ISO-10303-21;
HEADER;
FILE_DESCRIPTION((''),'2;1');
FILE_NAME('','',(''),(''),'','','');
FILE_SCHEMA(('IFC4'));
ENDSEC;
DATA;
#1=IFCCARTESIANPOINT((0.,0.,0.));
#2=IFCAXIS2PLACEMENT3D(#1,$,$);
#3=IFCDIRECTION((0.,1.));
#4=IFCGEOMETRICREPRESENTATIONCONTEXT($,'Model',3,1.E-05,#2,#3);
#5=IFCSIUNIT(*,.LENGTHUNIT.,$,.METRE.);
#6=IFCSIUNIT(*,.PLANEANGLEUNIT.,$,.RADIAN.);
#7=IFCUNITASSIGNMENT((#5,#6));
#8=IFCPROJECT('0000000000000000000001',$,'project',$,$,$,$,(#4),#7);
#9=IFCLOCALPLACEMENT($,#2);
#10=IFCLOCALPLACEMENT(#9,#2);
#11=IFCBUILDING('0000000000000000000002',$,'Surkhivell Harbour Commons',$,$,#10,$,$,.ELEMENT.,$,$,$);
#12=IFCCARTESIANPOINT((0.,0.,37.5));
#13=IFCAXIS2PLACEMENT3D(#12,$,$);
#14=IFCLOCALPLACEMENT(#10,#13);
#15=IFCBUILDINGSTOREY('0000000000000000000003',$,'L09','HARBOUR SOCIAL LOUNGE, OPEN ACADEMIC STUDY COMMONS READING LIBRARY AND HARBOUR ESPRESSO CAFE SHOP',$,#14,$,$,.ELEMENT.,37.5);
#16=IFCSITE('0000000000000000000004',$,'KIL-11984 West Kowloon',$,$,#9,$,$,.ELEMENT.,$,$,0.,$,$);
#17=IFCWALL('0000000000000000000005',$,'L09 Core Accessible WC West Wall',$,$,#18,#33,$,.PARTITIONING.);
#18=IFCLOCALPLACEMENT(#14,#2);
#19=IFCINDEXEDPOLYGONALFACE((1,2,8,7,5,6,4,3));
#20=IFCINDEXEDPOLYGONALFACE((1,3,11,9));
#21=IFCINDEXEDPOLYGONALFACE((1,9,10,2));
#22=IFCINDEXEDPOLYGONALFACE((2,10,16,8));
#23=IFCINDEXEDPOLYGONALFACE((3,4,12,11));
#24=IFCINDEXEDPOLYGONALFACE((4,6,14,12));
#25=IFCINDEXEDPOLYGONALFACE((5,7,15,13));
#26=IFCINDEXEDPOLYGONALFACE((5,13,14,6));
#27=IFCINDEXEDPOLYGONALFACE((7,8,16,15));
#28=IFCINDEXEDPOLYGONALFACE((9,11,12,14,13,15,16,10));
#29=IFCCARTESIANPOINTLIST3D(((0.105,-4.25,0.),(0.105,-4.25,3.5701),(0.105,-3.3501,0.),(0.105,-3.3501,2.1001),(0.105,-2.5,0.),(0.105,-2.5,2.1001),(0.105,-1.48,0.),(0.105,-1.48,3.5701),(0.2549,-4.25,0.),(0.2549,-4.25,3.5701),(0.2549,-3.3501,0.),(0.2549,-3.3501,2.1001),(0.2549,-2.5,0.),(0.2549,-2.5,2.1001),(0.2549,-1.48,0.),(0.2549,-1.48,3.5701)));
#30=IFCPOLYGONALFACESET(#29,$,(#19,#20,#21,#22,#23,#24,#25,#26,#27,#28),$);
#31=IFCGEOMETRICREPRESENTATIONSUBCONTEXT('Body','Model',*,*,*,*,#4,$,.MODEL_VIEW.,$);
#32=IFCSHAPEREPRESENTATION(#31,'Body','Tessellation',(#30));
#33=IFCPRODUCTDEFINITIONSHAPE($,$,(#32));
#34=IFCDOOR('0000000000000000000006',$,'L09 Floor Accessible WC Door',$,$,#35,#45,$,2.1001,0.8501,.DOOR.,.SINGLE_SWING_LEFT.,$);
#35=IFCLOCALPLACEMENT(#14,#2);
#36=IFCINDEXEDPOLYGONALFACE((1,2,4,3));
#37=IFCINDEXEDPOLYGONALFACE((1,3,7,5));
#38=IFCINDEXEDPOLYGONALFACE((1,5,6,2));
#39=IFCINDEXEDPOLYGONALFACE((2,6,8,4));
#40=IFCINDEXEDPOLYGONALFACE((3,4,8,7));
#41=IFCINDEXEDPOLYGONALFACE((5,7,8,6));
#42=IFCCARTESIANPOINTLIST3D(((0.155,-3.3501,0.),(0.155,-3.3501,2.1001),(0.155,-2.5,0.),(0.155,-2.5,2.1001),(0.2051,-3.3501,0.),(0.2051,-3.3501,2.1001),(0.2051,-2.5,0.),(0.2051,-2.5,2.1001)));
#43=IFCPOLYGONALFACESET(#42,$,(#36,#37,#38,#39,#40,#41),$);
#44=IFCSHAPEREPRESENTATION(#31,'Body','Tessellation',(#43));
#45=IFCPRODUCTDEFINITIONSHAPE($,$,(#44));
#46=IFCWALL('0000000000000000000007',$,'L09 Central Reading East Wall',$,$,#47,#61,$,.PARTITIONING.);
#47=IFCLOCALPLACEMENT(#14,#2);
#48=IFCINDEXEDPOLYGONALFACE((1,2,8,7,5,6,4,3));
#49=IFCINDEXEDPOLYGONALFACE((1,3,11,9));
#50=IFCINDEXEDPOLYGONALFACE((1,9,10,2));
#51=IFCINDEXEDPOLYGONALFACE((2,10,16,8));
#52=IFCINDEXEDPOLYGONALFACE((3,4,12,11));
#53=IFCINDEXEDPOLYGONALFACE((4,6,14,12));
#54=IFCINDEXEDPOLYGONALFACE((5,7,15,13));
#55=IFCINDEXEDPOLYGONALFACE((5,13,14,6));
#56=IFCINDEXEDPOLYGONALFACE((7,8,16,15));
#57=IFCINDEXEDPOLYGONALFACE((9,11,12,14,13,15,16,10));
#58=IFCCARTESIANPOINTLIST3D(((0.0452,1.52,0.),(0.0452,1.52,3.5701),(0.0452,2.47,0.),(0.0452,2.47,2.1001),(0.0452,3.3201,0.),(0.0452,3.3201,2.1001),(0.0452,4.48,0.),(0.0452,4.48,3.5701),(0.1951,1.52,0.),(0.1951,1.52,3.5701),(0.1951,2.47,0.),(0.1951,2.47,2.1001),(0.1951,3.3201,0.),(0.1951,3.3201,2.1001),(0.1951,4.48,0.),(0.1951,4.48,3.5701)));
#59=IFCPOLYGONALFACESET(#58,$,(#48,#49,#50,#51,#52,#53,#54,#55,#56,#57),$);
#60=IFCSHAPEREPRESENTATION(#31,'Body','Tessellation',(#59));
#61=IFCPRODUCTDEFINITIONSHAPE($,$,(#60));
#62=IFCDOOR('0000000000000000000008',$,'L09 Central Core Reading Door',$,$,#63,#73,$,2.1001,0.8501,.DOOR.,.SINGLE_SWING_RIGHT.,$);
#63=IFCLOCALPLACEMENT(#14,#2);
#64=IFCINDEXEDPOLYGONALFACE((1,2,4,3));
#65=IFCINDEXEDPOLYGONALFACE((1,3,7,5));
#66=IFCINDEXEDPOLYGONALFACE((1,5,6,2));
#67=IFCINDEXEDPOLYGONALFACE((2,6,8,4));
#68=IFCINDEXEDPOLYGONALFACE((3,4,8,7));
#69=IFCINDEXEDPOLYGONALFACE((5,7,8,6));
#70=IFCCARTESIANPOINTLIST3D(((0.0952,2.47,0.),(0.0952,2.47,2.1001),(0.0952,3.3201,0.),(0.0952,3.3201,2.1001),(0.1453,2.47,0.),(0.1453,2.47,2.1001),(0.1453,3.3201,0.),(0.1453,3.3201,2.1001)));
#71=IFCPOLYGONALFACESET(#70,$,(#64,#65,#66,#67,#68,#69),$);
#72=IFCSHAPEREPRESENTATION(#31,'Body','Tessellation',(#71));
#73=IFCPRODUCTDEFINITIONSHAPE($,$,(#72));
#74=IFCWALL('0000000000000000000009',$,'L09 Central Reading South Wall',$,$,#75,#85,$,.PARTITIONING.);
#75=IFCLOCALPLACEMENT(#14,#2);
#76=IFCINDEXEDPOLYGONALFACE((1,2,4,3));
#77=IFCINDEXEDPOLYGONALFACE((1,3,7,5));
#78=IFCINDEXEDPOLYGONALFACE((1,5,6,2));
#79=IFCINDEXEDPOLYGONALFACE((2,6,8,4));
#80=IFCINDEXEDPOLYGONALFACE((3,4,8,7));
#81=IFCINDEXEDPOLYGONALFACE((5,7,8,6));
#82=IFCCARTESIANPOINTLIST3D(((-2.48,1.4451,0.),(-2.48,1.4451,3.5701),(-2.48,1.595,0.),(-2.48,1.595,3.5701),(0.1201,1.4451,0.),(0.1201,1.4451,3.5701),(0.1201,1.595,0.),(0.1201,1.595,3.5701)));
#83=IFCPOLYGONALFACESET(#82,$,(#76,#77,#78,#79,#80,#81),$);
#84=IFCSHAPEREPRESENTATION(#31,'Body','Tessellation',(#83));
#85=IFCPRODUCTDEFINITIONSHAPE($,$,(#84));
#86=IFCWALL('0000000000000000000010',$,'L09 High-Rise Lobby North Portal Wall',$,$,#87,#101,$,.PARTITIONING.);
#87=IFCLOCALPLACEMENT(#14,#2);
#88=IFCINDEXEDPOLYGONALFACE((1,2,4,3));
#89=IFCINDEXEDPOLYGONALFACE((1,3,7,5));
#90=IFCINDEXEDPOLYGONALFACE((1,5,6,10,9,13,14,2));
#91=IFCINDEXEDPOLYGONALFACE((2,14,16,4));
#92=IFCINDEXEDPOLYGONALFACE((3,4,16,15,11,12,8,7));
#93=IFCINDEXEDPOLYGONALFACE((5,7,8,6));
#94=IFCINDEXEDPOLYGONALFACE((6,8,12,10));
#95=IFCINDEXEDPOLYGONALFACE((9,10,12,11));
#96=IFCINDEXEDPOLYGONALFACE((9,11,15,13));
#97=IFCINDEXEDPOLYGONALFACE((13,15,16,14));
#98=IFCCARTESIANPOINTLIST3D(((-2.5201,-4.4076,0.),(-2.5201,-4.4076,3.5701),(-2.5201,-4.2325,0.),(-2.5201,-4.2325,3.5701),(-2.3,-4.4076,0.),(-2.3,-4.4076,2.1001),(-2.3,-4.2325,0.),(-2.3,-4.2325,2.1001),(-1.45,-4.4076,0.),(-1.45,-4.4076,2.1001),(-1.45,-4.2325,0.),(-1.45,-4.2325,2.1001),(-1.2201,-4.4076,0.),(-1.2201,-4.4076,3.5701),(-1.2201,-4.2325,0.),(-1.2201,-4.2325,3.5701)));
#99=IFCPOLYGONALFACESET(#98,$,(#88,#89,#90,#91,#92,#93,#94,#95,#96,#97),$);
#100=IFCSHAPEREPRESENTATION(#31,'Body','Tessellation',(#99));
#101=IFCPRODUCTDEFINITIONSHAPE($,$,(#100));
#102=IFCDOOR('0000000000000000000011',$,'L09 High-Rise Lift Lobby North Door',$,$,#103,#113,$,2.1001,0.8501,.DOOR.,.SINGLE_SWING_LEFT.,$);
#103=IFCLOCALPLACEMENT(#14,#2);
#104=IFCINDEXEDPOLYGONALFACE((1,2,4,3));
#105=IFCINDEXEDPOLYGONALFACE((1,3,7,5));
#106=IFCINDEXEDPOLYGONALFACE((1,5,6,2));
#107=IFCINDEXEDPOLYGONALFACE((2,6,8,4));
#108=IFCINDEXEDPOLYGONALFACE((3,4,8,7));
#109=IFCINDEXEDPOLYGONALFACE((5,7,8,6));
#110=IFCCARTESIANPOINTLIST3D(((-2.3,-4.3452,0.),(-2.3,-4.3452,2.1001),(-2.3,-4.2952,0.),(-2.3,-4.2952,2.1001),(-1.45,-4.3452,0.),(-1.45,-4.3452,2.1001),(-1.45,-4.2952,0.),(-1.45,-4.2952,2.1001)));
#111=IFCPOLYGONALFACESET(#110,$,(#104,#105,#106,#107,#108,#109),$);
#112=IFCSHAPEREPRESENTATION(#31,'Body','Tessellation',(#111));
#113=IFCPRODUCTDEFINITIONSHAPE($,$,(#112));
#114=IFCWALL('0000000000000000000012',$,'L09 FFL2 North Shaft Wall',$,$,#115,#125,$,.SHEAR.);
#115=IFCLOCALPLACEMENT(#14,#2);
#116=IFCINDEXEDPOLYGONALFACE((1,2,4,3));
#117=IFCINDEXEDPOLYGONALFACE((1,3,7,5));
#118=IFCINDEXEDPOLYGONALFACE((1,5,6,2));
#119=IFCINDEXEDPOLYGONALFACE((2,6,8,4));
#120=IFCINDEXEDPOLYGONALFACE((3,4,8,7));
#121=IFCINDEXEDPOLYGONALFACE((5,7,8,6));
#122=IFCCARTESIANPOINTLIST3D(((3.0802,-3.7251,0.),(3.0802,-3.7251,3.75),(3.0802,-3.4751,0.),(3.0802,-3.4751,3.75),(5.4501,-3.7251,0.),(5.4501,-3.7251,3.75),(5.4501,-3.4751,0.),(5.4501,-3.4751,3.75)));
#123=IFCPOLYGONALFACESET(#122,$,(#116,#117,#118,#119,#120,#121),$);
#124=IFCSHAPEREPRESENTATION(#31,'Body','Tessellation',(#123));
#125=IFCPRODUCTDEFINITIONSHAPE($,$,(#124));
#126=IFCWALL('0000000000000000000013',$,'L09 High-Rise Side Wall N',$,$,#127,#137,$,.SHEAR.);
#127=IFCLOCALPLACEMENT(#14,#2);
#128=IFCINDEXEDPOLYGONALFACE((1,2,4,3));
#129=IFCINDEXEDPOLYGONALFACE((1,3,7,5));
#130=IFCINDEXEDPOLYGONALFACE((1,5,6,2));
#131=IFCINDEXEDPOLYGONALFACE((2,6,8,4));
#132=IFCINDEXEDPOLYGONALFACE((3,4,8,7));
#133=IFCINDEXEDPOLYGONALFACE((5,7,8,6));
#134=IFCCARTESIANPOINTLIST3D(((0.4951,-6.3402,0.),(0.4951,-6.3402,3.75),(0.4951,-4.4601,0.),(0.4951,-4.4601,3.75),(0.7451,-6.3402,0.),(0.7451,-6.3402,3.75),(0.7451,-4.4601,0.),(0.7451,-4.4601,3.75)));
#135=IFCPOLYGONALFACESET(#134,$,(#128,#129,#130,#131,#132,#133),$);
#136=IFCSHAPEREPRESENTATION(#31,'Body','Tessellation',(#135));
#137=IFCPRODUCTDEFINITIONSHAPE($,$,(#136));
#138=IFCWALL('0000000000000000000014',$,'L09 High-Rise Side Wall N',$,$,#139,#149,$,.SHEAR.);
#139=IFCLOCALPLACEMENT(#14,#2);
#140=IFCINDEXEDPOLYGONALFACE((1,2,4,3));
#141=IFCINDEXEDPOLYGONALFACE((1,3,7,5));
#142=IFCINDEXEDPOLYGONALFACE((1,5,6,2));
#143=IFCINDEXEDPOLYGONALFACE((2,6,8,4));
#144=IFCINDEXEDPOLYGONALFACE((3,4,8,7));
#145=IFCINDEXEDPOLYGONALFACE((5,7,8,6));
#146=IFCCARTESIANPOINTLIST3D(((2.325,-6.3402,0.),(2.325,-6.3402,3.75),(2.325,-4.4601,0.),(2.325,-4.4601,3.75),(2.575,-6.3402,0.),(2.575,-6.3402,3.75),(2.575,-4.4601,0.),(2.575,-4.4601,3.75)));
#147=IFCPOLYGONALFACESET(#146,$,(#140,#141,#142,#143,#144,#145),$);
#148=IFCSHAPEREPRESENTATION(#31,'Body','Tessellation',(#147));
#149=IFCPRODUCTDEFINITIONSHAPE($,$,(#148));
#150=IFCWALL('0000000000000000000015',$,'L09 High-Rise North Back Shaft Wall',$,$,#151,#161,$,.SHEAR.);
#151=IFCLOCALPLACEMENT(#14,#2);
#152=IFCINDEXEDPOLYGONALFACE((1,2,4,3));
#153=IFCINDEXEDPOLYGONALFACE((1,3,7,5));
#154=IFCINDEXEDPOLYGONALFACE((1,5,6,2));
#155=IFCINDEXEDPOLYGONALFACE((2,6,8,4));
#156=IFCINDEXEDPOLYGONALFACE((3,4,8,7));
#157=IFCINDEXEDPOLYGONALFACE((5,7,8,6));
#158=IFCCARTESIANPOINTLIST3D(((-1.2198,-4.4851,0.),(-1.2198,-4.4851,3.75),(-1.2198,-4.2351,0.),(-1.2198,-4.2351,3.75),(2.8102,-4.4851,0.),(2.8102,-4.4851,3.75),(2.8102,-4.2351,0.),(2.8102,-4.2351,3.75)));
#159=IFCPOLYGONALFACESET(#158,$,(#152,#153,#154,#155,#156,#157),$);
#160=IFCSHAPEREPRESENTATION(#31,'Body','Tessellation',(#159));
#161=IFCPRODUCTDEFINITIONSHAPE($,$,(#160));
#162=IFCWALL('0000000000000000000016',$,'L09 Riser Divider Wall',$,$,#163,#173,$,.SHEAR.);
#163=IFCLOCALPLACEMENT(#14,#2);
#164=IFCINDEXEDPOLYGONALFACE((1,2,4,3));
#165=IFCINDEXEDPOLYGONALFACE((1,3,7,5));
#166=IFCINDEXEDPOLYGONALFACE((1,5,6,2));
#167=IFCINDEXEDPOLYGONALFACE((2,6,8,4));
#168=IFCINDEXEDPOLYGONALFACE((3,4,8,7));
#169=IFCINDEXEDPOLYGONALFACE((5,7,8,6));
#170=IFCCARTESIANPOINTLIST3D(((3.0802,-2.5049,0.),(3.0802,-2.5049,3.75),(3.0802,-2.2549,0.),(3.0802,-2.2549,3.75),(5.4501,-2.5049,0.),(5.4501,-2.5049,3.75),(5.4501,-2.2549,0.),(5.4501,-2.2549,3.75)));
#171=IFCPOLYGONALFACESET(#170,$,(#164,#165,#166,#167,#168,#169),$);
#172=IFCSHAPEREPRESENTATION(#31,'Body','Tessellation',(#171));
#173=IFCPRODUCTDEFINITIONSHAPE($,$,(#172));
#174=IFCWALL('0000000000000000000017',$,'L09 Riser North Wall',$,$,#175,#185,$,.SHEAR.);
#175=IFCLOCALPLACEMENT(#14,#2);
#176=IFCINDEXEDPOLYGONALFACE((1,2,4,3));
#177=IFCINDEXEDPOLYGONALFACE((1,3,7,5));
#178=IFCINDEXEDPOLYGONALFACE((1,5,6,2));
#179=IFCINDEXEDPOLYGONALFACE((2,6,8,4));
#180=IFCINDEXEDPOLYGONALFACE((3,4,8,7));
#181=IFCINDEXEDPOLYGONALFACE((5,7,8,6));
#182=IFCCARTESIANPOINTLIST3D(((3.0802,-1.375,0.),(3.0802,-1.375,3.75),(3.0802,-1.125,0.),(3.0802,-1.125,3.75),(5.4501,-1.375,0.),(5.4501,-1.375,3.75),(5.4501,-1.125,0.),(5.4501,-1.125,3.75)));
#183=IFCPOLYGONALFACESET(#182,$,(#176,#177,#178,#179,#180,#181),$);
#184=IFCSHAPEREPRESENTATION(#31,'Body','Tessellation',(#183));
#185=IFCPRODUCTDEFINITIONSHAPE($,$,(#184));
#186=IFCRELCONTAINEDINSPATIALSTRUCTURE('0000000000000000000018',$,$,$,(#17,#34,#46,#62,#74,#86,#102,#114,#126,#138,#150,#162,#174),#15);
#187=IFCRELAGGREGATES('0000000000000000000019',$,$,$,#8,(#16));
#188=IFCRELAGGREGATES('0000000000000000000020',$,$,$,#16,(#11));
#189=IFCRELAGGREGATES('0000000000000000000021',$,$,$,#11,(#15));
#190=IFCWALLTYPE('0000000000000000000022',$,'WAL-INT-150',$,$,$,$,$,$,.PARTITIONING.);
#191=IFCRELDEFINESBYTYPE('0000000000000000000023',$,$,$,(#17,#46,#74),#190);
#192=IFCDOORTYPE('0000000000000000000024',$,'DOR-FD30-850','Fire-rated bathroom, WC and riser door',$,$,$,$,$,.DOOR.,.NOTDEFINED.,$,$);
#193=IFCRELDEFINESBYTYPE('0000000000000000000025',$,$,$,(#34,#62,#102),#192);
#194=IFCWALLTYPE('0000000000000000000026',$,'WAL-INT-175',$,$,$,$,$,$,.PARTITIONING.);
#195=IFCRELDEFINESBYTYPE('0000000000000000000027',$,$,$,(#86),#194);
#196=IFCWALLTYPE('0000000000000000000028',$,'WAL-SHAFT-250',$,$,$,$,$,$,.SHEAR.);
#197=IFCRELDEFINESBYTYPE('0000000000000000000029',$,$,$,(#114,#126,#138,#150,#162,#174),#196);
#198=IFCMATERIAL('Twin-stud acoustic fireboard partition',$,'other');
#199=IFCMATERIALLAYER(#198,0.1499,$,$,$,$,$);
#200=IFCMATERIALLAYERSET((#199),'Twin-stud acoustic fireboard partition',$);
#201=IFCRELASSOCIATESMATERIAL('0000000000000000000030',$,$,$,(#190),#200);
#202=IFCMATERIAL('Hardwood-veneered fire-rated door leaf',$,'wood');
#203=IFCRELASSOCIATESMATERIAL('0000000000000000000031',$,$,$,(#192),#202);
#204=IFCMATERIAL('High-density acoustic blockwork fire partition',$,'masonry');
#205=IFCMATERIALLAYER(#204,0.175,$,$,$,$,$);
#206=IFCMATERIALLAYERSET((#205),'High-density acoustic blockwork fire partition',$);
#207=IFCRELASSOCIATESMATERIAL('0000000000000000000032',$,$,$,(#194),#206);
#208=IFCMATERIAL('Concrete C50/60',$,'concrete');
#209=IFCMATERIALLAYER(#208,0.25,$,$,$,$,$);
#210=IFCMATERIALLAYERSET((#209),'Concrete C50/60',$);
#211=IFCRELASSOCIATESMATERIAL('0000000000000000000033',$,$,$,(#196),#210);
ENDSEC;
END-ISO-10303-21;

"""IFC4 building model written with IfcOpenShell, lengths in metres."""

from ifc_helpers import new_model, si_unit, direction, frame, frame_2d, origin, place, context, subcontext, project, spatial, rectangle, extrude, material, layer, layer_set, type_object, element, fill, save


model = new_model("IFC4")

# Units and contexts
model_context = context("Model", 3, precision=1e-05, world=origin(), true_north=direction((0.0, 1.0)))
body_context = subcontext(model_context, "Body", "Model", "MODEL_VIEW")
ifc_project = project(units=[si_unit("LENGTHUNIT", "METRE"), si_unit("PLANEANGLEUNIT", "RADIAN")], contexts=[model_context])

# Site, building, storey
site_placement = place(None, origin())
site = spatial("IfcSite", under=ifc_project, at=site_placement, Name="KIL-11984 West Kowloon", CompositionType="ELEMENT", RefElevation=0.0)
building_placement = place(site_placement, origin())
building = spatial("IfcBuilding", under=site, at=building_placement, Name="Surkhivell Harbour Commons", CompositionType="ELEMENT")
storey_placement = place(building_placement, frame((0.0, 0.0, 37.5)))
storey = spatial("IfcBuildingStorey", under=building, at=storey_placement, Name="L09", Description="HARBOUR SOCIAL LOUNGE, OPEN ACADEMIC STUDY COMMONS READING LIBRARY AND HARBOUR ESPRESSO CAFE SHOP", CompositionType="ELEMENT", Elevation=37.5)

# Shared definitions
ifc_material_1 = material(Name="Twin-stud acoustic fireboard partition", Category="other")
ifc_layer_1 = layer(ifc_material_1, 0.1499)
ifc_layer_set_1 = layer_set([ifc_layer_1], Name="Twin-stud acoustic fireboard partition")
wall_type_1 = type_object("IfcWallType", Name="WAL-INT-150", PredefinedType="PARTITIONING", material=ifc_layer_set_1)

# Walls, openings, doors
wall_1_placement = place(storey_placement, frame((0.1799, -4.25, 0.0), z_axis=(0.0, 0.0, 1.0), x_axis=(0.0, 1.0, 0.0)))
wall_1 = element("IfcWall", 1, at=wall_1_placement, inside=storey, type_object=wall_type_1, Name="L09 Core Accessible WC West Wall", PredefinedType="PARTITIONING", context=body_context, shape_type="SweptSolid", body=[
    extrude(rectangle(XDim=2.77, YDim=0.1499, at=frame_2d((1.385, 0.0))), origin(), (0.0, 0.0, 1.0), 3.5701),
])
opening_1_placement = place(wall_1_placement, frame((0.8999, 0.0, 0.0)))
opening_1 = element("IfcOpeningElement", 2, at=opening_1_placement, cuts=wall_1, PredefinedType="OPENING", context=body_context, shape_type="SweptSolid", body=[
    extrude(rectangle(XDim=0.8501, YDim=2.1001, at=frame_2d((0.425, 1.05))), frame((0.0, 0.085, 0.0), z_axis=(0.0, -1.0, 0.0), x_axis=(1.0, 0.0, 0.0)), (0.0, 0.0, 1.0), 0.1699),
])
ifc_material_2 = material(Name="Hardwood-veneered fire-rated door leaf", Category="wood")
door_type_1 = type_object("IfcDoorType", Name="DOR-FD30-850", Description="Fire-rated bathroom, WC and riser door", OperationType="NOTDEFINED", PredefinedType="DOOR", material=ifc_material_2)
door_1_placement = place(opening_1_placement, origin())
door_1 = element("IfcDoor", 3, at=door_1_placement, inside=storey, type_object=door_type_1, Name="L09 Floor Accessible WC Door", OperationType="SINGLE_SWING_LEFT", OverallHeight=2.1001, OverallWidth=0.8501, PredefinedType="DOOR", context=body_context, shape_type="SweptSolid", body=[
    extrude(rectangle(XDim=0.8501, YDim=2.1001, at=frame_2d((0.425, 1.05))), frame((0.0, 0.0249, 0.0), z_axis=(0.0, -1.0, 0.0), x_axis=(1.0, 0.0, 0.0)), (0.0, 0.0, 1.0), 0.05),
])
fill(opening_1, door_1)
wall_2_placement = place(storey_placement, frame((0.1201, 1.52, 0.0), z_axis=(0.0, 0.0, 1.0), x_axis=(0.0, 1.0, 0.0)))
wall_2 = element("IfcWall", 4, at=wall_2_placement, inside=storey, type_object=wall_type_1, Name="L09 Central Reading East Wall", PredefinedType="PARTITIONING", context=body_context, shape_type="SweptSolid", body=[
    extrude(rectangle(XDim=2.96, YDim=0.1499, at=frame_2d((1.48, 0.0))), origin(), (0.0, 0.0, 1.0), 3.5701),
])
opening_2_placement = place(wall_2_placement, frame((0.95, 0.0, 0.0)))
opening_2 = element("IfcOpeningElement", 5, at=opening_2_placement, cuts=wall_2, PredefinedType="OPENING", context=body_context, shape_type="SweptSolid", body=[
    extrude(rectangle(XDim=0.8501, YDim=2.1001, at=frame_2d((0.425, 1.05))), frame((0.0, 0.085, 0.0), z_axis=(0.0, -1.0, 0.0), x_axis=(1.0, 0.0, 0.0)), (0.0, 0.0, 1.0), 0.1699),
])
door_2_placement = place(opening_2_placement, origin())
door_2 = element("IfcDoor", 6, at=door_2_placement, inside=storey, type_object=door_type_1, Name="L09 Central Core Reading Door", OperationType="SINGLE_SWING_RIGHT", OverallHeight=2.1001, OverallWidth=0.8501, PredefinedType="DOOR", context=body_context, shape_type="SweptSolid", body=[
    extrude(rectangle(XDim=0.8501, YDim=2.1001, at=frame_2d((0.425, 1.05))), frame((0.0, 0.0249, 0.0), z_axis=(0.0, -1.0, 0.0), x_axis=(1.0, 0.0, 0.0)), (0.0, 0.0, 1.0), 0.05),
])
fill(opening_2, door_2)

# Wall
wall_3_placement = place(storey_placement, frame((-2.48, 1.52, 0.0), z_axis=(0.0, 0.0, 1.0), x_axis=(1.0, 0.0, 0.0)))
element("IfcWall", 7, at=wall_3_placement, inside=storey, type_object=wall_type_1, Name="L09 Central Reading South Wall", PredefinedType="PARTITIONING", context=body_context, shape_type="SweptSolid", body=[
    extrude(rectangle(XDim=2.6001, YDim=0.1499, at=frame_2d((1.3, 0.0))), origin(), (0.0, 0.0, 1.0), 3.5701),
])

# Wall, opening, door
ifc_material_3 = material(Name="High-density acoustic blockwork fire partition", Category="masonry")
ifc_layer_2 = layer(ifc_material_3, 0.175)
ifc_layer_set_2 = layer_set([ifc_layer_2], Name="High-density acoustic blockwork fire partition")
wall_type_2 = type_object("IfcWallType", Name="WAL-INT-175", PredefinedType="PARTITIONING", material=ifc_layer_set_2)
wall_4_placement = place(storey_placement, frame((-2.52, -4.3201, 0.0), z_axis=(0.0, 0.0, 1.0), x_axis=(1.0, 0.0, 0.0)))
wall_4 = element("IfcWall", 8, at=wall_4_placement, inside=storey, type_object=wall_type_2, Name="L09 High-Rise Lobby North Portal Wall", PredefinedType="PARTITIONING", context=body_context, shape_type="SweptSolid", body=[
    extrude(rectangle(XDim=1.3, YDim=0.175, at=frame_2d((0.6499, 0.0))), origin(), (0.0, 0.0, 1.0), 3.5701),
])
opening_3_placement = place(wall_4_placement, frame((0.22, 0.0, 0.0)))
opening_3 = element("IfcOpeningElement", 9, at=opening_3_placement, cuts=wall_4, PredefinedType="OPENING", context=body_context, shape_type="SweptSolid", body=[
    extrude(rectangle(XDim=0.8501, YDim=2.1001, at=frame_2d((0.425, 1.05))), frame((0.0, 0.0974, 0.0), z_axis=(0.0, -1.0, 0.0), x_axis=(1.0, 0.0, 0.0)), (0.0, 0.0, 1.0), 0.1951),
])
door_3_placement = place(opening_3_placement, origin())
door_3 = element("IfcDoor", 10, at=door_3_placement, inside=storey, type_object=door_type_1, Name="L09 High-Rise Lift Lobby North Door", OperationType="SINGLE_SWING_LEFT", OverallHeight=2.1001, OverallWidth=0.8501, PredefinedType="DOOR", context=body_context, shape_type="SweptSolid", body=[
    extrude(rectangle(XDim=0.8501, YDim=2.1001, at=frame_2d((0.425, 1.05))), frame((0.0, 0.0249, 0.0), z_axis=(0.0, -1.0, 0.0), x_axis=(1.0, 0.0, 0.0)), (0.0, 0.0, 1.0), 0.05),
])
fill(opening_3, door_3)

# Walls
ifc_material_4 = material(Name="Concrete C50/60", Category="concrete")
ifc_layer_3 = layer(ifc_material_4, 0.25)
ifc_layer_set_3 = layer_set([ifc_layer_3], Name="Concrete C50/60")
wall_type_3 = type_object("IfcWallType", Name="WAL-SHAFT-250", PredefinedType="SHEAR", material=ifc_layer_set_3)
wall_5_placement = place(storey_placement, frame((3.0801, -3.6001, 0.0), z_axis=(0.0, 0.0, 1.0), x_axis=(1.0, 0.0, 0.0)))
element("IfcWall", 11, at=wall_5_placement, inside=storey, type_object=wall_type_3, Name="L09 FFL2 North Shaft Wall", PredefinedType="SHEAR", context=body_context, shape_type="SweptSolid", body=[
    extrude(rectangle(XDim=2.3699, YDim=0.25, at=frame_2d((1.1851, 0.0))), origin(), (0.0, 0.0, 1.0), 3.75),
])
for number, where, z_axis, x_axis, name in (
    (12, (0.6201, -6.3401, 0.0), (0.0, 0.0, 1.0), (0.0, 1.0, 0.0), "L09 High-Rise Side Wall N"),
    (13, (2.45, -6.3401, 0.0), (0.0, 0.0, 1.0), (0.0, 1.0, 0.0), "L09 High-Rise Side Wall N"),
):
    element("IfcWall", number, at=place(storey_placement, frame(where, z_axis=z_axis, x_axis=x_axis)), inside=storey, type_object=wall_type_3, Name=name, PredefinedType="SHEAR", context=body_context, shape_type="SweptSolid", body=[
        extrude(rectangle(XDim=1.8801, YDim=0.25, at=frame_2d((0.9399, 0.0))), origin(), (0.0, 0.0, 1.0), 3.75),
    ])
wall_6_placement = place(storey_placement, frame((-1.22, -4.3601, 0.0), z_axis=(0.0, 0.0, 1.0), x_axis=(1.0, 0.0, 0.0)))
element("IfcWall", 14, at=wall_6_placement, inside=storey, type_object=wall_type_3, Name="L09 High-Rise North Back Shaft Wall", PredefinedType="SHEAR", context=body_context, shape_type="SweptSolid", body=[
    extrude(rectangle(XDim=4.03, YDim=0.25, at=frame_2d((2.0151, 0.0))), origin(), (0.0, 0.0, 1.0), 3.75),
])
for number, where, z_axis, x_axis, name in (
    (15, (3.0801, -2.3799, 0.0), (0.0, 0.0, 1.0), (1.0, 0.0, 0.0), "L09 Riser Divider Wall"),
    (16, (3.0801, -1.25, 0.0), (0.0, 0.0, 1.0), (1.0, 0.0, 0.0), "L09 Riser North Wall"),
):
    element("IfcWall", number, at=place(storey_placement, frame(where, z_axis=z_axis, x_axis=x_axis)), inside=storey, type_object=wall_type_3, Name=name, PredefinedType="SHEAR", context=body_context, shape_type="SweptSolid", body=[
        extrude(rectangle(XDim=2.3699, YDim=0.25, at=frame_2d((1.1851, 0.0))), origin(), (0.0, 0.0, 1.0), 3.75),
    ])

save(model, "model.ifc")
